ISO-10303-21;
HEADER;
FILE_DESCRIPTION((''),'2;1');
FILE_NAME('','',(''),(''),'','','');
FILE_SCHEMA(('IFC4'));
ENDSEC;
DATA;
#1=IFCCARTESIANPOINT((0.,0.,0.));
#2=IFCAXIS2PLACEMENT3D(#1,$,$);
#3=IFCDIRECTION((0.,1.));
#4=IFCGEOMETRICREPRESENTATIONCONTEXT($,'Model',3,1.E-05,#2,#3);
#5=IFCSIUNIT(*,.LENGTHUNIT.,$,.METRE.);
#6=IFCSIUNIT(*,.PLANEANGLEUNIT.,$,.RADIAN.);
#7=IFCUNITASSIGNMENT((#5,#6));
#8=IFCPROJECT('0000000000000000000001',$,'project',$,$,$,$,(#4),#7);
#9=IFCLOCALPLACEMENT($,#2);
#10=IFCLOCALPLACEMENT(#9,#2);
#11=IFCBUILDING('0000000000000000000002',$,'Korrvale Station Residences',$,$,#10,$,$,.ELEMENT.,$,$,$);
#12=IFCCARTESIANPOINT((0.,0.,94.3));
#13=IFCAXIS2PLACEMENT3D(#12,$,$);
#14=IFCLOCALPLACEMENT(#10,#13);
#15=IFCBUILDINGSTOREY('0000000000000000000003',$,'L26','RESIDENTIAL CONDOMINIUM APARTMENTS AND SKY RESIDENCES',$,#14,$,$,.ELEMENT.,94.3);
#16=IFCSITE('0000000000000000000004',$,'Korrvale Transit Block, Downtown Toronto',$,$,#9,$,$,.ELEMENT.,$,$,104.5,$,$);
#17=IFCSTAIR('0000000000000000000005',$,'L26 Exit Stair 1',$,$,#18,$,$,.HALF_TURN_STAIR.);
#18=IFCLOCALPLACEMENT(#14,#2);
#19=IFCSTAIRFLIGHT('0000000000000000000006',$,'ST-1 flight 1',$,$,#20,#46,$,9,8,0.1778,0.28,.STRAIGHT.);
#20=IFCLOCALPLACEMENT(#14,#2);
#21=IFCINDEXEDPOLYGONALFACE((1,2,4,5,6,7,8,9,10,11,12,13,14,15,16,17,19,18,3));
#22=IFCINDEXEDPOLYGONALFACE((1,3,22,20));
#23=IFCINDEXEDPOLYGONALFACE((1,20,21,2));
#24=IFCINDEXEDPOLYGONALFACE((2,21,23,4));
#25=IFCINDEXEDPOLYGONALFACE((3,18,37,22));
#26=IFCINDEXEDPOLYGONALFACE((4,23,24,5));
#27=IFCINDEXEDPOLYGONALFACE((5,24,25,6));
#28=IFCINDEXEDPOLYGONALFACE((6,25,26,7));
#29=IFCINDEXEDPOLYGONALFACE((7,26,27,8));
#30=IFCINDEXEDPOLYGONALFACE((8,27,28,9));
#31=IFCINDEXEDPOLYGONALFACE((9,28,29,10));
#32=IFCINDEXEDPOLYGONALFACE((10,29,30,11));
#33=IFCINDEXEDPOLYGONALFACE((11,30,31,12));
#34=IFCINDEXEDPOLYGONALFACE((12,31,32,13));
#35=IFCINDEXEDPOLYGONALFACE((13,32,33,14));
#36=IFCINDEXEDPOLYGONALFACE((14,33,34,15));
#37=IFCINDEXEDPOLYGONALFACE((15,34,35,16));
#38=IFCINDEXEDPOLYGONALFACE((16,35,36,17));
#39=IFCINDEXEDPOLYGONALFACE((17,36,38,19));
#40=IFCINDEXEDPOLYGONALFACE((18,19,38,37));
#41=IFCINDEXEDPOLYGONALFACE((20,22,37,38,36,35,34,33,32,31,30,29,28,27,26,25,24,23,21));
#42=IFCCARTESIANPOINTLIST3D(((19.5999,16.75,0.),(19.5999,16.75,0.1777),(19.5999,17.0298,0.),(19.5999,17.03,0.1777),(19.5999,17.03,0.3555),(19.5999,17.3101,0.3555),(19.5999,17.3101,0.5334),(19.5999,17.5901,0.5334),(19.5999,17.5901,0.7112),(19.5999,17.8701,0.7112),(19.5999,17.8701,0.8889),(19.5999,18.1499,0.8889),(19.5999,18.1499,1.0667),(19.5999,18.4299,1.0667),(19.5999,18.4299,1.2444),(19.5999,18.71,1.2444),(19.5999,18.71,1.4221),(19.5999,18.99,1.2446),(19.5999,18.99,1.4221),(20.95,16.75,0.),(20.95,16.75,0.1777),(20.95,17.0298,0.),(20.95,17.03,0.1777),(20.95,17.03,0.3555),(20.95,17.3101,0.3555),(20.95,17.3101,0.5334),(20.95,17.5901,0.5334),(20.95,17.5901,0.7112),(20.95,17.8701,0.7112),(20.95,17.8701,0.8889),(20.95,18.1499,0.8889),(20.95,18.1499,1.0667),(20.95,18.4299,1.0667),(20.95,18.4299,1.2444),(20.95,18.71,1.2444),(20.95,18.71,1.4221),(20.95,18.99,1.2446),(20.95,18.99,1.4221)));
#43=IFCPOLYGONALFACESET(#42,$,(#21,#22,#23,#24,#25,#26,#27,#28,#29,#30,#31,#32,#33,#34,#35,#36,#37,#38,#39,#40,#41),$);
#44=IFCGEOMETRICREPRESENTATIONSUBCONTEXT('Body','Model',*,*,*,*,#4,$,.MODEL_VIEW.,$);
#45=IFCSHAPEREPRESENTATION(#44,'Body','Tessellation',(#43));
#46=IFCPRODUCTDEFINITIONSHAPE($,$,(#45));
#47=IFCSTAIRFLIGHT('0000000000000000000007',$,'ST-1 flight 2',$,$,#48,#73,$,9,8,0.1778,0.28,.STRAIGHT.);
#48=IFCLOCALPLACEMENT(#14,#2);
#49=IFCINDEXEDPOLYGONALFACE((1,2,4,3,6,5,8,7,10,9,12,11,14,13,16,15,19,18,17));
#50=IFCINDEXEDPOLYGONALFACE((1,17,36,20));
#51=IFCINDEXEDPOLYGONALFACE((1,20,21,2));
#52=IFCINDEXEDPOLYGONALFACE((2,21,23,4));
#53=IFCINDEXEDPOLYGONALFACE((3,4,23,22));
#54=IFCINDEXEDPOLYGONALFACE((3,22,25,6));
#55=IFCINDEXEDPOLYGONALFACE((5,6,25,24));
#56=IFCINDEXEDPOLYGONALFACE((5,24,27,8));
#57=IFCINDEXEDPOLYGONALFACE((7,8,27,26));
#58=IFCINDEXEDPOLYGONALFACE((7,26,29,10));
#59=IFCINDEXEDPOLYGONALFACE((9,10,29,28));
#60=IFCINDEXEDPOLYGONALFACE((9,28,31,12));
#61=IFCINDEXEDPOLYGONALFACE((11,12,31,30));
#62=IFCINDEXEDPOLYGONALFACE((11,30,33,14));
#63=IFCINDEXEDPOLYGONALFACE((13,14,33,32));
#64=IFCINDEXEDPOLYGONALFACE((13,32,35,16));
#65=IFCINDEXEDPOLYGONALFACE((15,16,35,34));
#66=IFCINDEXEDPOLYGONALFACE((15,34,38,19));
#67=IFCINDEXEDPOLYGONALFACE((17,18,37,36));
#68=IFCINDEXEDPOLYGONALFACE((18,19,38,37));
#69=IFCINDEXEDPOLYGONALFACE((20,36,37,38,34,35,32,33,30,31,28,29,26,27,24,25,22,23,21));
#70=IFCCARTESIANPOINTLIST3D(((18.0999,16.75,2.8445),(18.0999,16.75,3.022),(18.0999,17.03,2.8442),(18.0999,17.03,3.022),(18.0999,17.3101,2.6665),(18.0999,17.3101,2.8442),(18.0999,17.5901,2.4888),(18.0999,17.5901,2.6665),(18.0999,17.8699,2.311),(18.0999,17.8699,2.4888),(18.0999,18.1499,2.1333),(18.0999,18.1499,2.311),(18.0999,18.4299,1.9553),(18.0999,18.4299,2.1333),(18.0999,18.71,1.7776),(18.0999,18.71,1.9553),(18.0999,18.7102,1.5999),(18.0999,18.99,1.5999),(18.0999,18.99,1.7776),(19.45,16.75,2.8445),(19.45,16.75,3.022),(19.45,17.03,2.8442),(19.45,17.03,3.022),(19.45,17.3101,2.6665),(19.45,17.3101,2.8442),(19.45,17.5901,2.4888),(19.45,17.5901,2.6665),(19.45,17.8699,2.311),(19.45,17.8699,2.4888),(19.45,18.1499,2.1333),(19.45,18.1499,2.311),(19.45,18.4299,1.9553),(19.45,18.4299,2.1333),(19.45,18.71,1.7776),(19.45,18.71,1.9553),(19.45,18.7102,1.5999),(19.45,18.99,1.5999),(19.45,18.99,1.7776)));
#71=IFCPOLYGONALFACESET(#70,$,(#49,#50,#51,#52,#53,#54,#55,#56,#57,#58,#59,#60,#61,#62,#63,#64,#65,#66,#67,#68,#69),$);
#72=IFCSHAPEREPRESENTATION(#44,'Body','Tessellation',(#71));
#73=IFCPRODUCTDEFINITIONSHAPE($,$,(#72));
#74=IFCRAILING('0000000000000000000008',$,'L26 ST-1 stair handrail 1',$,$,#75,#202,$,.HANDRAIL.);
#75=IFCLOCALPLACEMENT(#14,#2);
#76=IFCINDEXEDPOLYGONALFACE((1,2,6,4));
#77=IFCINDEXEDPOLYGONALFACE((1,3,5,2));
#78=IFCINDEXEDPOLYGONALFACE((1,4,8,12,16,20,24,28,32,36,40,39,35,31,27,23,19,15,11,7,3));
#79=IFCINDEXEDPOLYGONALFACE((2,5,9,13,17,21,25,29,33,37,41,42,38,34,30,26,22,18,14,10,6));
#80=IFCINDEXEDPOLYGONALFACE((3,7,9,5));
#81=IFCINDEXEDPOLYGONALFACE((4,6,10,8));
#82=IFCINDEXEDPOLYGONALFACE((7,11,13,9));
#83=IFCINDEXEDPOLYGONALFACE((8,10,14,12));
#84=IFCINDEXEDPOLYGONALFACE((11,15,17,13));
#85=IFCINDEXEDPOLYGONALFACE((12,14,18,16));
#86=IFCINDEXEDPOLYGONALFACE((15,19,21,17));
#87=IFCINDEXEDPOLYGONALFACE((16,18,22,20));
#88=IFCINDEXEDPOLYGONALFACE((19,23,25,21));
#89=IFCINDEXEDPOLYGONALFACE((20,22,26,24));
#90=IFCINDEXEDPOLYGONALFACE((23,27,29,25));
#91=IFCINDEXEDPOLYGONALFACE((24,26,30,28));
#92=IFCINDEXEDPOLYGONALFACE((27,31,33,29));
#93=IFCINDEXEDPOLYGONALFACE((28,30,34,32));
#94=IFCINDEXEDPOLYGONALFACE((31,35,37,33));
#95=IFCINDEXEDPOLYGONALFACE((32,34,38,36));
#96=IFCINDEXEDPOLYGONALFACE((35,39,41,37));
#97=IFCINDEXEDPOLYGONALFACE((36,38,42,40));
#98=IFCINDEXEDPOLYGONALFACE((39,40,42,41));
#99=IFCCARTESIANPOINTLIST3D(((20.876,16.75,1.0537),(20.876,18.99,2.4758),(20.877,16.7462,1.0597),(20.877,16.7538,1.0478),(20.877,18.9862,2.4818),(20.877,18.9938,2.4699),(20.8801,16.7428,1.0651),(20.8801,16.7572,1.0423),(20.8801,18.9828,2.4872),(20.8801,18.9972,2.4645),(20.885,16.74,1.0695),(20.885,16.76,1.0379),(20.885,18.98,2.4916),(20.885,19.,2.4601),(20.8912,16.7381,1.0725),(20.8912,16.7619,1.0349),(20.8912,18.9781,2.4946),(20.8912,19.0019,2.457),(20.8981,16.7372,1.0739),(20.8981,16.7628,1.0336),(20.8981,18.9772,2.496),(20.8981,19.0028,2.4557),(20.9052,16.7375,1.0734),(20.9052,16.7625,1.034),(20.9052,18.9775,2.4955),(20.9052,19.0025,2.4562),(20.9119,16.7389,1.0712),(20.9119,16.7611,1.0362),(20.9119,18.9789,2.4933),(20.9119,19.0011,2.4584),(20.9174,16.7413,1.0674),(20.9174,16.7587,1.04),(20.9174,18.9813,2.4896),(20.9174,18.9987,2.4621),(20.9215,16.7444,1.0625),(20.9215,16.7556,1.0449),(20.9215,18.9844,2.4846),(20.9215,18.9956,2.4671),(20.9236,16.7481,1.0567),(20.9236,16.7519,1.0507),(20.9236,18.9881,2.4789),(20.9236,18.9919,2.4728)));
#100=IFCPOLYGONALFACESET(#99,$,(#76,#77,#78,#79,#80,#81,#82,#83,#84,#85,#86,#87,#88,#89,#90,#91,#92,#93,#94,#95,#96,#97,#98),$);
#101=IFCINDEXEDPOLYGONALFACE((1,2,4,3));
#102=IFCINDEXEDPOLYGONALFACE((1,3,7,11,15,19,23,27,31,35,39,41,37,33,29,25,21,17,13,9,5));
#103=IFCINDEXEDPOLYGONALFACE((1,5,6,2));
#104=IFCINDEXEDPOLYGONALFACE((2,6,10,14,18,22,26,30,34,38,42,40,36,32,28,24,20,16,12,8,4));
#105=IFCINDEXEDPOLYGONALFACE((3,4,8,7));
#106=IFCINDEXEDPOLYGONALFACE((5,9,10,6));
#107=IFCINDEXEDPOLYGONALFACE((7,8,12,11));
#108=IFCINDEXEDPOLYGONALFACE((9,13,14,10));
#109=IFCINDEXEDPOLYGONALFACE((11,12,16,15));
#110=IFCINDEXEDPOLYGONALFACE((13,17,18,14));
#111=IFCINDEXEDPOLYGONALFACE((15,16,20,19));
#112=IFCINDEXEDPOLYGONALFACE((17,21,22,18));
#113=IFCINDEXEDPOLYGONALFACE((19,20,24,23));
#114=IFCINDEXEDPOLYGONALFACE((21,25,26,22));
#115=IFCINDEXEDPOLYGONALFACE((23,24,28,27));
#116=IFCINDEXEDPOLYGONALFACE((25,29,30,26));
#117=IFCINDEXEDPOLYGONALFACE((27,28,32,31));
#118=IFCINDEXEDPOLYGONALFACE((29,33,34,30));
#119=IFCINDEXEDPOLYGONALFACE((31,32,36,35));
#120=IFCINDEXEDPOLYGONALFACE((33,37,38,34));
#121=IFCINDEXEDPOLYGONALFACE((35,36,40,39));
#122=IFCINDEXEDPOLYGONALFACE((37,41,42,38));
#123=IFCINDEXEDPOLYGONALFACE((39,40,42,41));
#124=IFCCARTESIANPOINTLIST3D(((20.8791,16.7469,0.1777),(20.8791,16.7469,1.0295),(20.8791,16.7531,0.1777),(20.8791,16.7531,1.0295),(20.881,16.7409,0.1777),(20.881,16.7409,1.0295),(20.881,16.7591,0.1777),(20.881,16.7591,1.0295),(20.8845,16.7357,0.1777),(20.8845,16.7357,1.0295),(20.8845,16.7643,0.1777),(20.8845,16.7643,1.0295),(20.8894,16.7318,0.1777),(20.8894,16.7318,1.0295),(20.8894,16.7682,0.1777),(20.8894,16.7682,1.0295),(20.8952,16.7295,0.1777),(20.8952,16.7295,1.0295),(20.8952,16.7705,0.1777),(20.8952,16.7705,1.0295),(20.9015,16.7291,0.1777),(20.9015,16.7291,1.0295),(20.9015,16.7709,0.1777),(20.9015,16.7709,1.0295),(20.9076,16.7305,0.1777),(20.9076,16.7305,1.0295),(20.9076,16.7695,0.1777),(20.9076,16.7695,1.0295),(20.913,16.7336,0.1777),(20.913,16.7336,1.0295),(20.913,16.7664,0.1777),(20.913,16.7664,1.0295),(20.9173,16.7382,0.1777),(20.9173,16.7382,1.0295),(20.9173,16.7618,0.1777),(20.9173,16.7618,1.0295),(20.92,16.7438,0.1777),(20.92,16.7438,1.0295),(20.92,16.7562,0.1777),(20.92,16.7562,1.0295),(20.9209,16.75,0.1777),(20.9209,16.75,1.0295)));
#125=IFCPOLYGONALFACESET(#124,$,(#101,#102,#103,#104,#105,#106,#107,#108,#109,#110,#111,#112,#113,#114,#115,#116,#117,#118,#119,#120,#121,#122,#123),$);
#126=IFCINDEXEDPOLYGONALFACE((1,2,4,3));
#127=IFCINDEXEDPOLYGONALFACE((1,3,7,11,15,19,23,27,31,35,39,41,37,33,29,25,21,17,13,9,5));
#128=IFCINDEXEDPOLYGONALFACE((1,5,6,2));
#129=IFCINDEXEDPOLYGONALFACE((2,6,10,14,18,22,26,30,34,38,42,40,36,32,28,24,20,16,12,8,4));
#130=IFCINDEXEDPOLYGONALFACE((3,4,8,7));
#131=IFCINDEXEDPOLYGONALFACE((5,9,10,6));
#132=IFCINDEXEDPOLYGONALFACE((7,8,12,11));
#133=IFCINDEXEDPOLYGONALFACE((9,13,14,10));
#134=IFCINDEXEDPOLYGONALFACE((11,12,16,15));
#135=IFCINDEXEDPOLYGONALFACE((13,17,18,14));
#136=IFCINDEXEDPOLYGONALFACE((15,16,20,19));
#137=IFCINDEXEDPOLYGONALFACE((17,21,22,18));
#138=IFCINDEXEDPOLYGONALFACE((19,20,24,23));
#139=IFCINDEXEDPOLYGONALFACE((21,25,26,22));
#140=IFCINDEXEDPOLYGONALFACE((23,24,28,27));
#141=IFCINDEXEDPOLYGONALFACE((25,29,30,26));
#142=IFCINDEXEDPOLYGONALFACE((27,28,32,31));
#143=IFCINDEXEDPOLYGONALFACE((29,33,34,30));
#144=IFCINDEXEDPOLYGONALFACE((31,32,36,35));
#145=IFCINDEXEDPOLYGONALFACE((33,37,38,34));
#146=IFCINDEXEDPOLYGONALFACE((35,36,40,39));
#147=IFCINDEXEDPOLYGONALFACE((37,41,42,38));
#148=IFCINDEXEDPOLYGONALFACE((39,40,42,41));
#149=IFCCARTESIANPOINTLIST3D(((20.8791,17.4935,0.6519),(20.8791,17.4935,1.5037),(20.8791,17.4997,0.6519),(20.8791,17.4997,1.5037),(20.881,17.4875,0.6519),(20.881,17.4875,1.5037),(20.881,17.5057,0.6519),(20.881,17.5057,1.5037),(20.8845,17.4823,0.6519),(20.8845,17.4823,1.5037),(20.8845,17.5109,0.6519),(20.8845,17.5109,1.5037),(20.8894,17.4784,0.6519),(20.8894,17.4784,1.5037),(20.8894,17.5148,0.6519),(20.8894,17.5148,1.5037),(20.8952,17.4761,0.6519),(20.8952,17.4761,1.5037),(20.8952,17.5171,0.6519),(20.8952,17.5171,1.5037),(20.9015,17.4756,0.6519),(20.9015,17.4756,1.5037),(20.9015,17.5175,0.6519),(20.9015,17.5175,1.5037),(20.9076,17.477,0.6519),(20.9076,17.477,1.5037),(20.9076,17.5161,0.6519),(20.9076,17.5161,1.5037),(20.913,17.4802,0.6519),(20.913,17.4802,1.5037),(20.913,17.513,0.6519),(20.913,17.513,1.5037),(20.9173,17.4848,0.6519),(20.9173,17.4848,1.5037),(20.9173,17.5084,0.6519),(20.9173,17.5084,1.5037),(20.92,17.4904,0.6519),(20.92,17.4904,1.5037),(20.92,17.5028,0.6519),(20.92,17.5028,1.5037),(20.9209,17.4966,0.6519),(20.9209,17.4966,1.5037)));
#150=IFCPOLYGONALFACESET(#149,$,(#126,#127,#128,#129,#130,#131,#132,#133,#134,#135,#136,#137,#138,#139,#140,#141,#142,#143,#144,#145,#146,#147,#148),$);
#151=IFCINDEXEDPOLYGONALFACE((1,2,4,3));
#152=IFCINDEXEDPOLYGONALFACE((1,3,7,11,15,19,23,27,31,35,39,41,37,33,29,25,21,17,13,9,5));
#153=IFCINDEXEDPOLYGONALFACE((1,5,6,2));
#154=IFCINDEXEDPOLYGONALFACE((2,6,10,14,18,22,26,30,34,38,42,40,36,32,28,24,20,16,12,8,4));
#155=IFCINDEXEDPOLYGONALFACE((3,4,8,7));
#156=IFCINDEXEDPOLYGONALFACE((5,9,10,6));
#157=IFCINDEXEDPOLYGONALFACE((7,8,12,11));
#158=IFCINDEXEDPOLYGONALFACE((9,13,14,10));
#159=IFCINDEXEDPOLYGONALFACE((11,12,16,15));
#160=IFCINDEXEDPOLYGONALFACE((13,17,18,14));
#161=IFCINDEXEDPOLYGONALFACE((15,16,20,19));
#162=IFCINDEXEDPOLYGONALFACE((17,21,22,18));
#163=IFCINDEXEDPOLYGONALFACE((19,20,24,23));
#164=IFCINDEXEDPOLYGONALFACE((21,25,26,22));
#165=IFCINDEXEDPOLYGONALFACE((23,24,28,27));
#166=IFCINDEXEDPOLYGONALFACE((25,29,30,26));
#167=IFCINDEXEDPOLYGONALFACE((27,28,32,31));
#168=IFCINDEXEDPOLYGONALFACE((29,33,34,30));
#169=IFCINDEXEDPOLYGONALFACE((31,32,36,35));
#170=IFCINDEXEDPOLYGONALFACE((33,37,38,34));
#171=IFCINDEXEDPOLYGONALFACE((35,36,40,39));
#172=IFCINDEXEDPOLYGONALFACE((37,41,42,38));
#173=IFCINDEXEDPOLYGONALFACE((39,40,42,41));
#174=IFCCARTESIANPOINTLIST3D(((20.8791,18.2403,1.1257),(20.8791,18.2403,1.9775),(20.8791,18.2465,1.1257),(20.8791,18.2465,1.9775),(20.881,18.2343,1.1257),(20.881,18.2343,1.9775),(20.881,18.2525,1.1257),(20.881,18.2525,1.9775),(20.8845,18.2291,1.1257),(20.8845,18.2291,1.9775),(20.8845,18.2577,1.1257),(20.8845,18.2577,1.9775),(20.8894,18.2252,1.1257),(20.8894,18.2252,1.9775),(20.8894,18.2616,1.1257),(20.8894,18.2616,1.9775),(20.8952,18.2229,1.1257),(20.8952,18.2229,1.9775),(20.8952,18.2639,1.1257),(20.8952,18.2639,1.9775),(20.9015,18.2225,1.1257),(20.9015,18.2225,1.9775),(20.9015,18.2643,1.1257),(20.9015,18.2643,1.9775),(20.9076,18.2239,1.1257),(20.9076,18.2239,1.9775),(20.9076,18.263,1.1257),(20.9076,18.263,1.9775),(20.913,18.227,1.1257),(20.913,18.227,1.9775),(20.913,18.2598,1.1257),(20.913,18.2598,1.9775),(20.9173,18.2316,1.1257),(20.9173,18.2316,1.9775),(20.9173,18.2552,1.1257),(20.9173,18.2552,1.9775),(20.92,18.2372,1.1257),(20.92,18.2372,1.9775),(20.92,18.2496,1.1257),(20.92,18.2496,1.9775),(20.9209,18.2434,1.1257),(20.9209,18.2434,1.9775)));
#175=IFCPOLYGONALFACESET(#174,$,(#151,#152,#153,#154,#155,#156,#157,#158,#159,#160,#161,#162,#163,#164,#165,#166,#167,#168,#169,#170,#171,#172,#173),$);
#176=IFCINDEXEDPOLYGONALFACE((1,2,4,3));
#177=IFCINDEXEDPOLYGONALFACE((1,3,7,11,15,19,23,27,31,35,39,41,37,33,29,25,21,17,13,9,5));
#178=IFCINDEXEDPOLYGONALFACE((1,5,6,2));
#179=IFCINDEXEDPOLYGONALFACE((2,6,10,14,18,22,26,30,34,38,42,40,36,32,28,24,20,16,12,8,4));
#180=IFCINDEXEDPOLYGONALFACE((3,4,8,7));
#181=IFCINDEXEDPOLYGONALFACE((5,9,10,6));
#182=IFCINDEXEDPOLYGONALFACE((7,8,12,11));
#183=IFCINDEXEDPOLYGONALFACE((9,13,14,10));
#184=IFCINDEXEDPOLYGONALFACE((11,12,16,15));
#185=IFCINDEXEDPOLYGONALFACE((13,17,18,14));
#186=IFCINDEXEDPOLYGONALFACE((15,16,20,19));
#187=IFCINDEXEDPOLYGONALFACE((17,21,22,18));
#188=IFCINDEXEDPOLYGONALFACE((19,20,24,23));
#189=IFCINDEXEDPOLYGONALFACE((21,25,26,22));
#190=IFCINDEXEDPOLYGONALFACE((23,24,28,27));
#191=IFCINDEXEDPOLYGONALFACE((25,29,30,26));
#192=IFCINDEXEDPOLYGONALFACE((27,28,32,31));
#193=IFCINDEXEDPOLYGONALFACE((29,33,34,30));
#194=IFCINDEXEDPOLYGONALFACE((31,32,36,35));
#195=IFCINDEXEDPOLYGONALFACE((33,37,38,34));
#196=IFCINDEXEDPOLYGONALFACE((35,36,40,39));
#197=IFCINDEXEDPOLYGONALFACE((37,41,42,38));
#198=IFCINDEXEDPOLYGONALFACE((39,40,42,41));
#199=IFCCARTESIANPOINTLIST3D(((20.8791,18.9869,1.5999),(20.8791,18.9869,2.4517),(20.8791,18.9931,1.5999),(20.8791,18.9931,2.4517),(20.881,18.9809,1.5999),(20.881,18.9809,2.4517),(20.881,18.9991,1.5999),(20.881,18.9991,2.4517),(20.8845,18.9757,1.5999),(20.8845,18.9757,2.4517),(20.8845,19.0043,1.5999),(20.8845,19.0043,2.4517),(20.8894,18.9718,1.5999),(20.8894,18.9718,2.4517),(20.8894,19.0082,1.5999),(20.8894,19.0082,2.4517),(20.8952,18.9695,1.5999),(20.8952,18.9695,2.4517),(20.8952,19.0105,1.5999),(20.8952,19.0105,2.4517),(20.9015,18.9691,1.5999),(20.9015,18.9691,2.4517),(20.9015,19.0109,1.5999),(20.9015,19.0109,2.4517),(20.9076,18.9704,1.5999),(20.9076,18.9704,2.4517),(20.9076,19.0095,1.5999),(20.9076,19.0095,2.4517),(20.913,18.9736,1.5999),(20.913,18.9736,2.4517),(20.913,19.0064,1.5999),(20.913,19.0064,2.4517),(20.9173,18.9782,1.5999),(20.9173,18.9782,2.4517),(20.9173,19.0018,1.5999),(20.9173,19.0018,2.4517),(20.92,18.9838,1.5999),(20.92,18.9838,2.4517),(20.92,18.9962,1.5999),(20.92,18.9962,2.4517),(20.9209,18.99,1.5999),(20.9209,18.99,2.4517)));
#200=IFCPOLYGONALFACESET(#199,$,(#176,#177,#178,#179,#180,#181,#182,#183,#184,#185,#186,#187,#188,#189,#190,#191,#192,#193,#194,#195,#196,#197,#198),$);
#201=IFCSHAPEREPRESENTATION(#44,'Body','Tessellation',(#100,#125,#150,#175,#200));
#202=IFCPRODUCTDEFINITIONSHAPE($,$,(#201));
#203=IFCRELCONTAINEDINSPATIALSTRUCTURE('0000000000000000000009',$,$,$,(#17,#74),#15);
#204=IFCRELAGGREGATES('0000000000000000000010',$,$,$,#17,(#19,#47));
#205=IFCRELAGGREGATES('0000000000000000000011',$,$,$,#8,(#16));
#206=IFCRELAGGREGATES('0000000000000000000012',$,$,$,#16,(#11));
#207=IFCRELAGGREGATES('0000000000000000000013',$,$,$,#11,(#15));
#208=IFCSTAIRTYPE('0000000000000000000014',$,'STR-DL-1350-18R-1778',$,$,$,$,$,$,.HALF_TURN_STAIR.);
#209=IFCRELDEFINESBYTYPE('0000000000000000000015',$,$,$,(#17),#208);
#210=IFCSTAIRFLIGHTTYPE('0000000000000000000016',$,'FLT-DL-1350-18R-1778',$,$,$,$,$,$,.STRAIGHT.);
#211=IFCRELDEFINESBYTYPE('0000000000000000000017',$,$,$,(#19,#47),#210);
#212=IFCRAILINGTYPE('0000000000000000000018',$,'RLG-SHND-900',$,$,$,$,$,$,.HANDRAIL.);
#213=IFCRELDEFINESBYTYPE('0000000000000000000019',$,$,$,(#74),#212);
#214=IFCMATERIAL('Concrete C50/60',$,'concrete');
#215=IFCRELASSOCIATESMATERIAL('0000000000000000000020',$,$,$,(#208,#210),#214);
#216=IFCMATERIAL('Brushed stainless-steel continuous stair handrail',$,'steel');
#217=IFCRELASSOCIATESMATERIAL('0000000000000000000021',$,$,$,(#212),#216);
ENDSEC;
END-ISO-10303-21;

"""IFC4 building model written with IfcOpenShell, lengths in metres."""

from ifc_helpers import new_model, si_unit, direction, frame, origin, origin_2d, place, context, subcontext, project, spatial, polyline, circle, outline, extrude, material, type_object, element, aggregate, save


model = new_model("IFC4")

# Units and contexts
model_context = context("Model", 3, precision=1e-05, world=origin(), true_north=direction((0.0, 1.0)))
body_context = subcontext(model_context, "Body", "Model", "MODEL_VIEW")
ifc_project = project(units=[si_unit("LENGTHUNIT", "METRE"), si_unit("PLANEANGLEUNIT", "RADIAN")], contexts=[model_context])

# Site, building, storey
site_placement = place(None, origin())
site = spatial("IfcSite", under=ifc_project, at=site_placement, Name="Korrvale Transit Block, Downtown Toronto", CompositionType="ELEMENT", RefElevation=104.5)
building_placement = place(site_placement, origin())
building = spatial("IfcBuilding", under=site, at=building_placement, Name="Korrvale Station Residences", CompositionType="ELEMENT")
storey_placement = place(building_placement, frame((0.0, 0.0, 94.3)))
storey = spatial("IfcBuildingStorey", under=building, at=storey_placement, Name="L26", Description="RESIDENTIAL CONDOMINIUM APARTMENTS AND SKY RESIDENCES", CompositionType="ELEMENT", Elevation=94.3)

# Stair, stair flights
ifc_material_1 = material(Name="Concrete C50/60", Category="concrete")
stair_type = type_object("IfcStairType", Name="STR-DL-1350-18R-1778", PredefinedType="HALF_TURN_STAIR", material=ifc_material_1)
stair_placement = place(storey_placement, origin())
stair = element("IfcStair", 1, at=stair_placement, inside=storey, type_object=stair_type, Name="L26 Exit Stair 1", PredefinedType="HALF_TURN_STAIR")
stair_flight_type = type_object("IfcStairFlightType", Name="FLT-DL-1350-18R-1778", PredefinedType="STRAIGHT", material=ifc_material_1)
stair_flight_1_placement = place(storey_placement, frame((20.2749, 16.75, 0.0), z_axis=(0.0, 0.0, 1.0), x_axis=(0.0, 1.0, 0.0)))
stair_flight_1 = element("IfcStairFlight", 2, at=stair_flight_1_placement, type_object=stair_flight_type, Name="ST-1 flight 1", NumberOfRisers=9, NumberOfTreads=8, PredefinedType="STRAIGHT", RiserHeight=0.1778, TreadLength=0.28, context=body_context, shape_type="SweptSolid", body=[
    extrude(outline(polyline([(0.0, 0.0), (0.0, 0.1777), (0.28, 0.1777), (0.28, 0.3555), (0.5601, 0.3555), (0.5601, 0.5334), (0.8401, 0.5334), (0.8401, 0.7112), (1.1201, 0.7112), (1.1201, 0.8889), (1.3999, 0.8889), (1.3999, 1.0667), (1.6799, 1.0667), (1.6799, 1.2444), (1.96, 1.2444), (1.96, 1.4221), (2.24, 1.4221), (2.24, 1.6001), (2.24, 1.2446), (0.2798, 0.0), (0.0, 0.0)])), frame((0.0, 0.675, 0.0), z_axis=(0.0, -1.0, 0.0), x_axis=(1.0, 0.0, 0.0)), (0.0, 0.0, 1.0), 1.3501),
])
stair_flight_2_placement = place(storey_placement, frame((18.7749, 18.99, 1.5999), z_axis=(0.0, 0.0, 1.0), x_axis=(0.0, -1.0, 0.0)))
stair_flight_2 = element("IfcStairFlight", 3, at=stair_flight_2_placement, type_object=stair_flight_type, Name="ST-1 flight 2", NumberOfRisers=9, NumberOfTreads=8, PredefinedType="STRAIGHT", RiserHeight=0.1778, TreadLength=0.28, context=body_context, shape_type="SweptSolid", body=[
    extrude(outline(polyline([(0.0, 0.0), (0.0, 0.1777), (0.28, 0.1777), (0.28, 0.3555), (0.5601, 0.3555), (0.5601, 0.5334), (0.8401, 0.5334), (0.8401, 0.7112), (1.1201, 0.7112), (1.1201, 0.8889), (1.3999, 0.8889), (1.3999, 1.0667), (1.6799, 1.0667), (1.6799, 1.2444), (1.96, 1.2444), (1.96, 1.4221), (2.24, 1.4221), (2.24, 1.6001), (2.24, 1.2446), (0.2798, 0.0), (0.0, 0.0)])), frame((0.0, 0.675, 0.0), z_axis=(0.0, -1.0, 0.0), x_axis=(1.0, 0.0, 0.0)), (0.0, 0.0, 1.0), 1.3501),
])
aggregate(stair, [stair_flight_1, stair_flight_2])

# Railing
ifc_material_2 = material(Name="Brushed stainless-steel continuous stair handrail", Category="steel")
railing_type_1 = type_object("IfcRailingType", Name="RLG-SHND-900", PredefinedType="HANDRAIL", material=ifc_material_2)
railing_1_placement = place(storey_placement, frame((20.8999, 16.75, 0.1777)))
element("IfcRailing", 4, at=railing_1_placement, inside=storey, type_object=railing_type_1, Name="L26 ST-1 stair handrail 1", PredefinedType="HANDRAIL", context=body_context, shape_type="SweptSolid", body=[
    extrude(circle(Radius=0.0239, at=origin_2d()), frame((0.0, 0.0, 0.876), z_axis=(0.0, 0.844229, 0.535982), x_axis=(-1.0, 0.0, 0.0)), (0.0, 0.0, 1.0), 2.6533),
    extrude(circle(Radius=0.021, at=origin_2d()), origin(), (0.0, 0.0, 1.0), 0.8518),
    extrude(circle(Radius=0.021, at=origin_2d()), frame((0.0, 0.7466, 0.4741)), (0.0, 0.0, 1.0), 0.8518),
    extrude(circle(Radius=0.021, at=origin_2d()), frame((0.0, 1.4934, 0.948)), (0.0, 0.0, 1.0), 0.8518),
    extrude(circle(Radius=0.021, at=origin_2d()), frame((0.0, 2.24, 1.4221)), (0.0, 0.0, 1.0), 0.8518),
])

save(model, "model.ifc")
